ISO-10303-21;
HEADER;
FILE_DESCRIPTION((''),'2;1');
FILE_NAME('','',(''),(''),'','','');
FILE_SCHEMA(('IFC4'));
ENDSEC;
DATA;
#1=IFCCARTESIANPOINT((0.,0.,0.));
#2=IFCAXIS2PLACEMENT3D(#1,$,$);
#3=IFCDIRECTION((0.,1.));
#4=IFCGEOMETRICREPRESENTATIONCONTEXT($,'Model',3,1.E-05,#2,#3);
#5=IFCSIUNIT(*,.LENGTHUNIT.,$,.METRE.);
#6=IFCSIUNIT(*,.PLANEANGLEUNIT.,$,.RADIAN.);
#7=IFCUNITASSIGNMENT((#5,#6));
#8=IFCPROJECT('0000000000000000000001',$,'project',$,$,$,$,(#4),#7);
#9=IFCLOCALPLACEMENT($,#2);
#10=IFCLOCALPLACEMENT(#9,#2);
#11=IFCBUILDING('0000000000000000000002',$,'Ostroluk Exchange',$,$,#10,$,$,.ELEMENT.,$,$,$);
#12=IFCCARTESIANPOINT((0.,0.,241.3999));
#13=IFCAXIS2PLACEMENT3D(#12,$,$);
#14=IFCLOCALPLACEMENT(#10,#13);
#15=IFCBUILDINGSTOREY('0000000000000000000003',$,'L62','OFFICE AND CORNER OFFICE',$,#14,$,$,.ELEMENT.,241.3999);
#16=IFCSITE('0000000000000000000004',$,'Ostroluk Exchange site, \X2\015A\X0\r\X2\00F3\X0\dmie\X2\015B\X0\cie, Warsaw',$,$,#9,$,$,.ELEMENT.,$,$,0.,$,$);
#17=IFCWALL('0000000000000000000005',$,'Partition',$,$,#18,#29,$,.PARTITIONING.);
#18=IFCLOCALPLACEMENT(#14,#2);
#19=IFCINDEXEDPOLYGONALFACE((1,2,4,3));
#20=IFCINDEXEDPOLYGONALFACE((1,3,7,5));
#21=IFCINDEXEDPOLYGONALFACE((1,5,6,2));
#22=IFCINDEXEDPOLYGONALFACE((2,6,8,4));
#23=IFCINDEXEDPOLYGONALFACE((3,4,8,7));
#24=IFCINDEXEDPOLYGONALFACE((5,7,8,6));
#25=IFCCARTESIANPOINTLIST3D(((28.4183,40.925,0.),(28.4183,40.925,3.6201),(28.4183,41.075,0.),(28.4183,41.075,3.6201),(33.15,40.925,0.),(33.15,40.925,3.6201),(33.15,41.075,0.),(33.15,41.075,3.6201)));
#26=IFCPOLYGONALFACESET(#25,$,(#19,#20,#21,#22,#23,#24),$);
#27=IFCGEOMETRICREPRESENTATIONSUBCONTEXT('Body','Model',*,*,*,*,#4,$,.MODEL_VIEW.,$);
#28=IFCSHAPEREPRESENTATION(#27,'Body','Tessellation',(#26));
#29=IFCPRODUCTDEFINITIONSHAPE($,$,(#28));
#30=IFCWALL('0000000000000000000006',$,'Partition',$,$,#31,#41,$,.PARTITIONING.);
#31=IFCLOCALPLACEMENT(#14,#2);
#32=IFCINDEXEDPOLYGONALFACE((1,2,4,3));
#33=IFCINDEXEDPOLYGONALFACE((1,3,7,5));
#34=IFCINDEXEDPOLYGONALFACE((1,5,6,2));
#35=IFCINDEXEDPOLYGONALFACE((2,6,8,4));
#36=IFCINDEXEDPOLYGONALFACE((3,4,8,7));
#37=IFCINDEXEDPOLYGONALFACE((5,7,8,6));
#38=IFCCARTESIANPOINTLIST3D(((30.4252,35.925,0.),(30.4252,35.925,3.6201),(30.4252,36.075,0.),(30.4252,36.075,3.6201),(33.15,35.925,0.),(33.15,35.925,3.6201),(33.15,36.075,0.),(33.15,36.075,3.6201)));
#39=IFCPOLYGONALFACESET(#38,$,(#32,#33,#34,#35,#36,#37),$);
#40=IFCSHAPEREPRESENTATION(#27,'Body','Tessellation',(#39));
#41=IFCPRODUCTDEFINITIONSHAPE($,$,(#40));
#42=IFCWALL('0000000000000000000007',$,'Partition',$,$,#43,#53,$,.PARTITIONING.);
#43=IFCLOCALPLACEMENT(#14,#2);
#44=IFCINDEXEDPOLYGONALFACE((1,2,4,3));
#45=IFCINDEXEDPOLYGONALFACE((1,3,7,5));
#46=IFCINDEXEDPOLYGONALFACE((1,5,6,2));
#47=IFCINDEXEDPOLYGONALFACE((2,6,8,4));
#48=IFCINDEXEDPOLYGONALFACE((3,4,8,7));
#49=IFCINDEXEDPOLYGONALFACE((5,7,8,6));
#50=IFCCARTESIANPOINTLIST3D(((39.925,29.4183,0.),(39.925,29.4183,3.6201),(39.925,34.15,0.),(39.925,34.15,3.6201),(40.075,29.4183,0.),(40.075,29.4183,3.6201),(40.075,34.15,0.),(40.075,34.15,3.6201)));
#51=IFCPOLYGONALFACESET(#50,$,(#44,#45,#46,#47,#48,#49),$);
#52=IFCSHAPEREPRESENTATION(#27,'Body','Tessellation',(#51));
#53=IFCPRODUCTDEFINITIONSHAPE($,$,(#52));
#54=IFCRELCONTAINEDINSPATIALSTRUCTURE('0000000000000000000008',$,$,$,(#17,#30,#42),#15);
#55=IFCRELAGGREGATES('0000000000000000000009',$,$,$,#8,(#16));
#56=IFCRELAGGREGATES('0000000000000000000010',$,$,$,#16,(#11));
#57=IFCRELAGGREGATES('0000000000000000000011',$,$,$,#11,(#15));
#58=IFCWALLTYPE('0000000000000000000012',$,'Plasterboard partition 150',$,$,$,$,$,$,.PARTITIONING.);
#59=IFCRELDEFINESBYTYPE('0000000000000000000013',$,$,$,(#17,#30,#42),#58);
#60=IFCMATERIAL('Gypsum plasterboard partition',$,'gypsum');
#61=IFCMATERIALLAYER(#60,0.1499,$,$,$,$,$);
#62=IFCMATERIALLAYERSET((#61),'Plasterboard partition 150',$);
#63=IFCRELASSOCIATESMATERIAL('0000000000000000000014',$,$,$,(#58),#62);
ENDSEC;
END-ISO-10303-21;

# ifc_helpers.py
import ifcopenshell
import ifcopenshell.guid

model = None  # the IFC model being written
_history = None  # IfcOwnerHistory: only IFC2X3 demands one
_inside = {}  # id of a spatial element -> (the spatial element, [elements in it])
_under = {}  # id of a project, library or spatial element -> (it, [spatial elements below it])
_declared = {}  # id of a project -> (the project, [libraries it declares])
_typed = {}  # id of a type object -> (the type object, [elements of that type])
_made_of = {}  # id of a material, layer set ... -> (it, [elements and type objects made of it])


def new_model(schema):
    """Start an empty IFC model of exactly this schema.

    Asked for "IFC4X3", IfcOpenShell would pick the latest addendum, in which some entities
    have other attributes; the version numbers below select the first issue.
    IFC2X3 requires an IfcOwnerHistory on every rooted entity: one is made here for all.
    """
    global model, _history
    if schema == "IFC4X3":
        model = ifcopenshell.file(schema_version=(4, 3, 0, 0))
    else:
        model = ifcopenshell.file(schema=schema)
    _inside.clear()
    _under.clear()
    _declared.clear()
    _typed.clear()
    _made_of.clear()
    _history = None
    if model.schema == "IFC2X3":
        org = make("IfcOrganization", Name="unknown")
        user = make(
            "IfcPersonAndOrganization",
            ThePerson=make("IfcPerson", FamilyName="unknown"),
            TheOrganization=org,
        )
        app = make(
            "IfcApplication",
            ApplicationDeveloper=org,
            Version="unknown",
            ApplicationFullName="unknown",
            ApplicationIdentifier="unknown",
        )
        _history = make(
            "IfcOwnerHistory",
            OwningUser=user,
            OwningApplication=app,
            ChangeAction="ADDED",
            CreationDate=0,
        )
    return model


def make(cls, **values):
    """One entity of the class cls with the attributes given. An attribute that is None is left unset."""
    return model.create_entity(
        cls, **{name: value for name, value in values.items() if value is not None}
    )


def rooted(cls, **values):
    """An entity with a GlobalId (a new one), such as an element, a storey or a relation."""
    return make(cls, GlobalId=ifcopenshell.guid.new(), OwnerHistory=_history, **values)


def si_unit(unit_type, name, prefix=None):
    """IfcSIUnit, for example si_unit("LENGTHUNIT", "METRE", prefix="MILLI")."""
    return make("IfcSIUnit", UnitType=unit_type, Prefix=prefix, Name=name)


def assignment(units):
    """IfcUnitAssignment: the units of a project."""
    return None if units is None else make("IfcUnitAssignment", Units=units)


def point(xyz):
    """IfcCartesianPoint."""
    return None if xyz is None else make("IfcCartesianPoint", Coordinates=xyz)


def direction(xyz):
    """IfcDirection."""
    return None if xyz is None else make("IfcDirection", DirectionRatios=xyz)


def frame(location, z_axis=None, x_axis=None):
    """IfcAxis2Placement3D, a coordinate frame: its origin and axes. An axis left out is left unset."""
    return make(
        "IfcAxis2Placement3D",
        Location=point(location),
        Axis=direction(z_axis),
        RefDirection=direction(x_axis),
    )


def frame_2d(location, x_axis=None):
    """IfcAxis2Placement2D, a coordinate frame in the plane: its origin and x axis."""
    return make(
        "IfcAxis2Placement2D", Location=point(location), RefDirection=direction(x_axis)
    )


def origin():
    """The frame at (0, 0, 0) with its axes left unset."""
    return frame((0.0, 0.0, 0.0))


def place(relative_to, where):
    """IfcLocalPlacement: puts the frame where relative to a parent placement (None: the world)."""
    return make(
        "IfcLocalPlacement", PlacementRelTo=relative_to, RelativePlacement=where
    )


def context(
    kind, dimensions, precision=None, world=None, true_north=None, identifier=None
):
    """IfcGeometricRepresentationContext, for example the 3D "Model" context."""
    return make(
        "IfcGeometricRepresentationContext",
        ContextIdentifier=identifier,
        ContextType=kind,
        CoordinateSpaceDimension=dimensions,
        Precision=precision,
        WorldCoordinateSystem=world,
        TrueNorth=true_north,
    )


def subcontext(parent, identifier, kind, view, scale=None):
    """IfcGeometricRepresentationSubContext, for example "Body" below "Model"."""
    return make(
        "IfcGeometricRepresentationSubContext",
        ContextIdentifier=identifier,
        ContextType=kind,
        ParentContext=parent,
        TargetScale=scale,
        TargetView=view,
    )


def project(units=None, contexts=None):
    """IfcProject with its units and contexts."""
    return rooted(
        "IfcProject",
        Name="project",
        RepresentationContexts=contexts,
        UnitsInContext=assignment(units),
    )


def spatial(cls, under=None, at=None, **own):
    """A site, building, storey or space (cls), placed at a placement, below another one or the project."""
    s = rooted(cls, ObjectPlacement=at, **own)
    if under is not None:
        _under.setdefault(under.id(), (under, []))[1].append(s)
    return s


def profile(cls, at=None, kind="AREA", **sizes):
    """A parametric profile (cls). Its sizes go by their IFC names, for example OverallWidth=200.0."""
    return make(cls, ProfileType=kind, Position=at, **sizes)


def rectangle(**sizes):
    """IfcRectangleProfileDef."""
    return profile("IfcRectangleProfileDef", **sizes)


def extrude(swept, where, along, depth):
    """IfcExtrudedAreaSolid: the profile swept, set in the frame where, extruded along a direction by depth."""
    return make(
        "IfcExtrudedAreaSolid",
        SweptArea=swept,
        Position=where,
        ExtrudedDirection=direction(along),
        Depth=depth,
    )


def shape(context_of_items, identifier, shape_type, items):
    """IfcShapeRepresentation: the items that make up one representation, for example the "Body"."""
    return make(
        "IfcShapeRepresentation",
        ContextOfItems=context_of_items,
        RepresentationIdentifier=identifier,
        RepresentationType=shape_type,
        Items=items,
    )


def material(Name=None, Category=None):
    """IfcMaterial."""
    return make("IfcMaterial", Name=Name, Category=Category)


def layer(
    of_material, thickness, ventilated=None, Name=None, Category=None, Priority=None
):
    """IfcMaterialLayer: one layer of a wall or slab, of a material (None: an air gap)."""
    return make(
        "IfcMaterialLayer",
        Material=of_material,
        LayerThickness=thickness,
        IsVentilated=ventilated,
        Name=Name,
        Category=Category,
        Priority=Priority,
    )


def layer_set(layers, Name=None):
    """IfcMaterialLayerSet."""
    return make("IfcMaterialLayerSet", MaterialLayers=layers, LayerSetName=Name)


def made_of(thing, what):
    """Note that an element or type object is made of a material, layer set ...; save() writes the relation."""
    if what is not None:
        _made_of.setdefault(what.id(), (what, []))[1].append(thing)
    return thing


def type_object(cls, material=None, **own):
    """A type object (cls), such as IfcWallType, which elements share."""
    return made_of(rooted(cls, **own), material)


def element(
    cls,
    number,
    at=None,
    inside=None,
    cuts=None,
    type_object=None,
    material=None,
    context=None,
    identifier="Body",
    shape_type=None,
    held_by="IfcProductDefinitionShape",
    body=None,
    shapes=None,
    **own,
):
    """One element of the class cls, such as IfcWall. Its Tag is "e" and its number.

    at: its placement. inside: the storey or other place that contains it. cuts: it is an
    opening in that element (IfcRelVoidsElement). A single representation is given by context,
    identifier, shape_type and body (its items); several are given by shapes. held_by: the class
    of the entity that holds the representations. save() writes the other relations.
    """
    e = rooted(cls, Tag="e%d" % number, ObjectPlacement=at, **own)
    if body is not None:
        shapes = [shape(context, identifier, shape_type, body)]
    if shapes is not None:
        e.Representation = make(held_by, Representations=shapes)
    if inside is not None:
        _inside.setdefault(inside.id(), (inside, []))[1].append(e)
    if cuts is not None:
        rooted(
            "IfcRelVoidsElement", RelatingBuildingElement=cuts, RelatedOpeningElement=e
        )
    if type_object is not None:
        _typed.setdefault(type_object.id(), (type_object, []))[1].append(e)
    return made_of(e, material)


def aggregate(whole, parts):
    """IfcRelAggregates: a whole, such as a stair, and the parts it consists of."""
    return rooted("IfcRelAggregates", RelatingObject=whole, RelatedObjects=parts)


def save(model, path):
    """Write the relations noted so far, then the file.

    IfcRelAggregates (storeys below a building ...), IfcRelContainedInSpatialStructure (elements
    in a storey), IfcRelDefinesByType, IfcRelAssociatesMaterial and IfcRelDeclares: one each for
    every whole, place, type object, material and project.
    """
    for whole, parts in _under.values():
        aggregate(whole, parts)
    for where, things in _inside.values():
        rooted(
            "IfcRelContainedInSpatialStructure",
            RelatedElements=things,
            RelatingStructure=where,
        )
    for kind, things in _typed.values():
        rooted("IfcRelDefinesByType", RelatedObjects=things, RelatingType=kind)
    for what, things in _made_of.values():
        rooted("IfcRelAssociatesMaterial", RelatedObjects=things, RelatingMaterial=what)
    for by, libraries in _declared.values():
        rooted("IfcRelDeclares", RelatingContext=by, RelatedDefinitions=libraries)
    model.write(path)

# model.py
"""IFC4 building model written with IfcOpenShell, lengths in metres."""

from ifc_helpers import new_model, si_unit, direction, frame, frame_2d, origin, place, context, subcontext, project, spatial, rectangle, extrude, material, layer, layer_set, type_object, element, save


model = new_model("IFC4")

# Units and contexts
model_context = context("Model", 3, precision=1e-05, world=origin(), true_north=direction((0.0, 1.0)))
body_context = subcontext(model_context, "Body", "Model", "MODEL_VIEW")
ifc_project = project(units=[si_unit("LENGTHUNIT", "METRE"), si_unit("PLANEANGLEUNIT", "RADIAN")], contexts=[model_context])

# Site, building, storey
site_placement = place(None, origin())
site = spatial("IfcSite", under=ifc_project, at=site_placement, Name="Ostroluk Exchange site, Śródmieście, Warsaw", CompositionType="ELEMENT", RefElevation=0.0)
building_placement = place(site_placement, origin())
building = spatial("IfcBuilding", under=site, at=building_placement, Name="Ostroluk Exchange", CompositionType="ELEMENT")
storey_placement = place(building_placement, frame((0.0, 0.0, 241.3999)))
storey = spatial("IfcBuildingStorey", under=building, at=storey_placement, Name="L62", Description="OFFICE AND CORNER OFFICE", CompositionType="ELEMENT", Elevation=241.3999)

# Walls
ifc_material_1 = material(Name="Gypsum plasterboard partition", Category="gypsum")
ifc_layer_1 = layer(ifc_material_1, 0.1499)
ifc_layer_set_1 = layer_set([ifc_layer_1], Name="Plasterboard partition 150")
wall_type_1 = type_object("IfcWallType", Name="Plasterboard partition 150", PredefinedType="PARTITIONING", material=ifc_layer_set_1)
wall_1_placement = place(storey_placement, frame((33.1499, 41.0, 0.0), z_axis=(0.0, 0.0, 1.0), x_axis=(-1.0, 0.0, 0.0)))
element("IfcWall", 1, at=wall_1_placement, inside=storey, type_object=wall_type_1, Name="Partition", PredefinedType="PARTITIONING", context=body_context, shape_type="SweptSolid", body=[
    extrude(rectangle(XDim=4.7317, YDim=0.1499, at=frame_2d((2.3657, 0.0))), origin(), (0.0, 0.0, 1.0), 3.6201),
])
wall_2_placement = place(storey_placement, frame((33.1499, 36.0, 0.0), z_axis=(0.0, 0.0, 1.0), x_axis=(-1.0, 0.0, 0.0)))
element("IfcWall", 2, at=wall_2_placement, inside=storey, type_object=wall_type_1, Name="Partition", PredefinedType="PARTITIONING", context=body_context, shape_type="SweptSolid", body=[
    extrude(rectangle(XDim=2.7249, YDim=0.1499, at=frame_2d((1.3623, 0.0))), origin(), (0.0, 0.0, 1.0), 3.6201),
])
wall_3_placement = place(storey_placement, frame((40.0, 34.1499, 0.0), z_axis=(0.0, 0.0, 1.0), x_axis=(0.0, -1.0, 0.0)))
element("IfcWall", 3, at=wall_3_placement, inside=storey, type_object=wall_type_1, Name="Partition", PredefinedType="PARTITIONING", context=body_context, shape_type="SweptSolid", body=[
    extrude(rectangle(XDim=4.7317, YDim=0.1499, at=frame_2d((2.3657, 0.0))), origin(), (0.0, 0.0, 1.0), 3.6201),
])

save(model, "model.ifc")
